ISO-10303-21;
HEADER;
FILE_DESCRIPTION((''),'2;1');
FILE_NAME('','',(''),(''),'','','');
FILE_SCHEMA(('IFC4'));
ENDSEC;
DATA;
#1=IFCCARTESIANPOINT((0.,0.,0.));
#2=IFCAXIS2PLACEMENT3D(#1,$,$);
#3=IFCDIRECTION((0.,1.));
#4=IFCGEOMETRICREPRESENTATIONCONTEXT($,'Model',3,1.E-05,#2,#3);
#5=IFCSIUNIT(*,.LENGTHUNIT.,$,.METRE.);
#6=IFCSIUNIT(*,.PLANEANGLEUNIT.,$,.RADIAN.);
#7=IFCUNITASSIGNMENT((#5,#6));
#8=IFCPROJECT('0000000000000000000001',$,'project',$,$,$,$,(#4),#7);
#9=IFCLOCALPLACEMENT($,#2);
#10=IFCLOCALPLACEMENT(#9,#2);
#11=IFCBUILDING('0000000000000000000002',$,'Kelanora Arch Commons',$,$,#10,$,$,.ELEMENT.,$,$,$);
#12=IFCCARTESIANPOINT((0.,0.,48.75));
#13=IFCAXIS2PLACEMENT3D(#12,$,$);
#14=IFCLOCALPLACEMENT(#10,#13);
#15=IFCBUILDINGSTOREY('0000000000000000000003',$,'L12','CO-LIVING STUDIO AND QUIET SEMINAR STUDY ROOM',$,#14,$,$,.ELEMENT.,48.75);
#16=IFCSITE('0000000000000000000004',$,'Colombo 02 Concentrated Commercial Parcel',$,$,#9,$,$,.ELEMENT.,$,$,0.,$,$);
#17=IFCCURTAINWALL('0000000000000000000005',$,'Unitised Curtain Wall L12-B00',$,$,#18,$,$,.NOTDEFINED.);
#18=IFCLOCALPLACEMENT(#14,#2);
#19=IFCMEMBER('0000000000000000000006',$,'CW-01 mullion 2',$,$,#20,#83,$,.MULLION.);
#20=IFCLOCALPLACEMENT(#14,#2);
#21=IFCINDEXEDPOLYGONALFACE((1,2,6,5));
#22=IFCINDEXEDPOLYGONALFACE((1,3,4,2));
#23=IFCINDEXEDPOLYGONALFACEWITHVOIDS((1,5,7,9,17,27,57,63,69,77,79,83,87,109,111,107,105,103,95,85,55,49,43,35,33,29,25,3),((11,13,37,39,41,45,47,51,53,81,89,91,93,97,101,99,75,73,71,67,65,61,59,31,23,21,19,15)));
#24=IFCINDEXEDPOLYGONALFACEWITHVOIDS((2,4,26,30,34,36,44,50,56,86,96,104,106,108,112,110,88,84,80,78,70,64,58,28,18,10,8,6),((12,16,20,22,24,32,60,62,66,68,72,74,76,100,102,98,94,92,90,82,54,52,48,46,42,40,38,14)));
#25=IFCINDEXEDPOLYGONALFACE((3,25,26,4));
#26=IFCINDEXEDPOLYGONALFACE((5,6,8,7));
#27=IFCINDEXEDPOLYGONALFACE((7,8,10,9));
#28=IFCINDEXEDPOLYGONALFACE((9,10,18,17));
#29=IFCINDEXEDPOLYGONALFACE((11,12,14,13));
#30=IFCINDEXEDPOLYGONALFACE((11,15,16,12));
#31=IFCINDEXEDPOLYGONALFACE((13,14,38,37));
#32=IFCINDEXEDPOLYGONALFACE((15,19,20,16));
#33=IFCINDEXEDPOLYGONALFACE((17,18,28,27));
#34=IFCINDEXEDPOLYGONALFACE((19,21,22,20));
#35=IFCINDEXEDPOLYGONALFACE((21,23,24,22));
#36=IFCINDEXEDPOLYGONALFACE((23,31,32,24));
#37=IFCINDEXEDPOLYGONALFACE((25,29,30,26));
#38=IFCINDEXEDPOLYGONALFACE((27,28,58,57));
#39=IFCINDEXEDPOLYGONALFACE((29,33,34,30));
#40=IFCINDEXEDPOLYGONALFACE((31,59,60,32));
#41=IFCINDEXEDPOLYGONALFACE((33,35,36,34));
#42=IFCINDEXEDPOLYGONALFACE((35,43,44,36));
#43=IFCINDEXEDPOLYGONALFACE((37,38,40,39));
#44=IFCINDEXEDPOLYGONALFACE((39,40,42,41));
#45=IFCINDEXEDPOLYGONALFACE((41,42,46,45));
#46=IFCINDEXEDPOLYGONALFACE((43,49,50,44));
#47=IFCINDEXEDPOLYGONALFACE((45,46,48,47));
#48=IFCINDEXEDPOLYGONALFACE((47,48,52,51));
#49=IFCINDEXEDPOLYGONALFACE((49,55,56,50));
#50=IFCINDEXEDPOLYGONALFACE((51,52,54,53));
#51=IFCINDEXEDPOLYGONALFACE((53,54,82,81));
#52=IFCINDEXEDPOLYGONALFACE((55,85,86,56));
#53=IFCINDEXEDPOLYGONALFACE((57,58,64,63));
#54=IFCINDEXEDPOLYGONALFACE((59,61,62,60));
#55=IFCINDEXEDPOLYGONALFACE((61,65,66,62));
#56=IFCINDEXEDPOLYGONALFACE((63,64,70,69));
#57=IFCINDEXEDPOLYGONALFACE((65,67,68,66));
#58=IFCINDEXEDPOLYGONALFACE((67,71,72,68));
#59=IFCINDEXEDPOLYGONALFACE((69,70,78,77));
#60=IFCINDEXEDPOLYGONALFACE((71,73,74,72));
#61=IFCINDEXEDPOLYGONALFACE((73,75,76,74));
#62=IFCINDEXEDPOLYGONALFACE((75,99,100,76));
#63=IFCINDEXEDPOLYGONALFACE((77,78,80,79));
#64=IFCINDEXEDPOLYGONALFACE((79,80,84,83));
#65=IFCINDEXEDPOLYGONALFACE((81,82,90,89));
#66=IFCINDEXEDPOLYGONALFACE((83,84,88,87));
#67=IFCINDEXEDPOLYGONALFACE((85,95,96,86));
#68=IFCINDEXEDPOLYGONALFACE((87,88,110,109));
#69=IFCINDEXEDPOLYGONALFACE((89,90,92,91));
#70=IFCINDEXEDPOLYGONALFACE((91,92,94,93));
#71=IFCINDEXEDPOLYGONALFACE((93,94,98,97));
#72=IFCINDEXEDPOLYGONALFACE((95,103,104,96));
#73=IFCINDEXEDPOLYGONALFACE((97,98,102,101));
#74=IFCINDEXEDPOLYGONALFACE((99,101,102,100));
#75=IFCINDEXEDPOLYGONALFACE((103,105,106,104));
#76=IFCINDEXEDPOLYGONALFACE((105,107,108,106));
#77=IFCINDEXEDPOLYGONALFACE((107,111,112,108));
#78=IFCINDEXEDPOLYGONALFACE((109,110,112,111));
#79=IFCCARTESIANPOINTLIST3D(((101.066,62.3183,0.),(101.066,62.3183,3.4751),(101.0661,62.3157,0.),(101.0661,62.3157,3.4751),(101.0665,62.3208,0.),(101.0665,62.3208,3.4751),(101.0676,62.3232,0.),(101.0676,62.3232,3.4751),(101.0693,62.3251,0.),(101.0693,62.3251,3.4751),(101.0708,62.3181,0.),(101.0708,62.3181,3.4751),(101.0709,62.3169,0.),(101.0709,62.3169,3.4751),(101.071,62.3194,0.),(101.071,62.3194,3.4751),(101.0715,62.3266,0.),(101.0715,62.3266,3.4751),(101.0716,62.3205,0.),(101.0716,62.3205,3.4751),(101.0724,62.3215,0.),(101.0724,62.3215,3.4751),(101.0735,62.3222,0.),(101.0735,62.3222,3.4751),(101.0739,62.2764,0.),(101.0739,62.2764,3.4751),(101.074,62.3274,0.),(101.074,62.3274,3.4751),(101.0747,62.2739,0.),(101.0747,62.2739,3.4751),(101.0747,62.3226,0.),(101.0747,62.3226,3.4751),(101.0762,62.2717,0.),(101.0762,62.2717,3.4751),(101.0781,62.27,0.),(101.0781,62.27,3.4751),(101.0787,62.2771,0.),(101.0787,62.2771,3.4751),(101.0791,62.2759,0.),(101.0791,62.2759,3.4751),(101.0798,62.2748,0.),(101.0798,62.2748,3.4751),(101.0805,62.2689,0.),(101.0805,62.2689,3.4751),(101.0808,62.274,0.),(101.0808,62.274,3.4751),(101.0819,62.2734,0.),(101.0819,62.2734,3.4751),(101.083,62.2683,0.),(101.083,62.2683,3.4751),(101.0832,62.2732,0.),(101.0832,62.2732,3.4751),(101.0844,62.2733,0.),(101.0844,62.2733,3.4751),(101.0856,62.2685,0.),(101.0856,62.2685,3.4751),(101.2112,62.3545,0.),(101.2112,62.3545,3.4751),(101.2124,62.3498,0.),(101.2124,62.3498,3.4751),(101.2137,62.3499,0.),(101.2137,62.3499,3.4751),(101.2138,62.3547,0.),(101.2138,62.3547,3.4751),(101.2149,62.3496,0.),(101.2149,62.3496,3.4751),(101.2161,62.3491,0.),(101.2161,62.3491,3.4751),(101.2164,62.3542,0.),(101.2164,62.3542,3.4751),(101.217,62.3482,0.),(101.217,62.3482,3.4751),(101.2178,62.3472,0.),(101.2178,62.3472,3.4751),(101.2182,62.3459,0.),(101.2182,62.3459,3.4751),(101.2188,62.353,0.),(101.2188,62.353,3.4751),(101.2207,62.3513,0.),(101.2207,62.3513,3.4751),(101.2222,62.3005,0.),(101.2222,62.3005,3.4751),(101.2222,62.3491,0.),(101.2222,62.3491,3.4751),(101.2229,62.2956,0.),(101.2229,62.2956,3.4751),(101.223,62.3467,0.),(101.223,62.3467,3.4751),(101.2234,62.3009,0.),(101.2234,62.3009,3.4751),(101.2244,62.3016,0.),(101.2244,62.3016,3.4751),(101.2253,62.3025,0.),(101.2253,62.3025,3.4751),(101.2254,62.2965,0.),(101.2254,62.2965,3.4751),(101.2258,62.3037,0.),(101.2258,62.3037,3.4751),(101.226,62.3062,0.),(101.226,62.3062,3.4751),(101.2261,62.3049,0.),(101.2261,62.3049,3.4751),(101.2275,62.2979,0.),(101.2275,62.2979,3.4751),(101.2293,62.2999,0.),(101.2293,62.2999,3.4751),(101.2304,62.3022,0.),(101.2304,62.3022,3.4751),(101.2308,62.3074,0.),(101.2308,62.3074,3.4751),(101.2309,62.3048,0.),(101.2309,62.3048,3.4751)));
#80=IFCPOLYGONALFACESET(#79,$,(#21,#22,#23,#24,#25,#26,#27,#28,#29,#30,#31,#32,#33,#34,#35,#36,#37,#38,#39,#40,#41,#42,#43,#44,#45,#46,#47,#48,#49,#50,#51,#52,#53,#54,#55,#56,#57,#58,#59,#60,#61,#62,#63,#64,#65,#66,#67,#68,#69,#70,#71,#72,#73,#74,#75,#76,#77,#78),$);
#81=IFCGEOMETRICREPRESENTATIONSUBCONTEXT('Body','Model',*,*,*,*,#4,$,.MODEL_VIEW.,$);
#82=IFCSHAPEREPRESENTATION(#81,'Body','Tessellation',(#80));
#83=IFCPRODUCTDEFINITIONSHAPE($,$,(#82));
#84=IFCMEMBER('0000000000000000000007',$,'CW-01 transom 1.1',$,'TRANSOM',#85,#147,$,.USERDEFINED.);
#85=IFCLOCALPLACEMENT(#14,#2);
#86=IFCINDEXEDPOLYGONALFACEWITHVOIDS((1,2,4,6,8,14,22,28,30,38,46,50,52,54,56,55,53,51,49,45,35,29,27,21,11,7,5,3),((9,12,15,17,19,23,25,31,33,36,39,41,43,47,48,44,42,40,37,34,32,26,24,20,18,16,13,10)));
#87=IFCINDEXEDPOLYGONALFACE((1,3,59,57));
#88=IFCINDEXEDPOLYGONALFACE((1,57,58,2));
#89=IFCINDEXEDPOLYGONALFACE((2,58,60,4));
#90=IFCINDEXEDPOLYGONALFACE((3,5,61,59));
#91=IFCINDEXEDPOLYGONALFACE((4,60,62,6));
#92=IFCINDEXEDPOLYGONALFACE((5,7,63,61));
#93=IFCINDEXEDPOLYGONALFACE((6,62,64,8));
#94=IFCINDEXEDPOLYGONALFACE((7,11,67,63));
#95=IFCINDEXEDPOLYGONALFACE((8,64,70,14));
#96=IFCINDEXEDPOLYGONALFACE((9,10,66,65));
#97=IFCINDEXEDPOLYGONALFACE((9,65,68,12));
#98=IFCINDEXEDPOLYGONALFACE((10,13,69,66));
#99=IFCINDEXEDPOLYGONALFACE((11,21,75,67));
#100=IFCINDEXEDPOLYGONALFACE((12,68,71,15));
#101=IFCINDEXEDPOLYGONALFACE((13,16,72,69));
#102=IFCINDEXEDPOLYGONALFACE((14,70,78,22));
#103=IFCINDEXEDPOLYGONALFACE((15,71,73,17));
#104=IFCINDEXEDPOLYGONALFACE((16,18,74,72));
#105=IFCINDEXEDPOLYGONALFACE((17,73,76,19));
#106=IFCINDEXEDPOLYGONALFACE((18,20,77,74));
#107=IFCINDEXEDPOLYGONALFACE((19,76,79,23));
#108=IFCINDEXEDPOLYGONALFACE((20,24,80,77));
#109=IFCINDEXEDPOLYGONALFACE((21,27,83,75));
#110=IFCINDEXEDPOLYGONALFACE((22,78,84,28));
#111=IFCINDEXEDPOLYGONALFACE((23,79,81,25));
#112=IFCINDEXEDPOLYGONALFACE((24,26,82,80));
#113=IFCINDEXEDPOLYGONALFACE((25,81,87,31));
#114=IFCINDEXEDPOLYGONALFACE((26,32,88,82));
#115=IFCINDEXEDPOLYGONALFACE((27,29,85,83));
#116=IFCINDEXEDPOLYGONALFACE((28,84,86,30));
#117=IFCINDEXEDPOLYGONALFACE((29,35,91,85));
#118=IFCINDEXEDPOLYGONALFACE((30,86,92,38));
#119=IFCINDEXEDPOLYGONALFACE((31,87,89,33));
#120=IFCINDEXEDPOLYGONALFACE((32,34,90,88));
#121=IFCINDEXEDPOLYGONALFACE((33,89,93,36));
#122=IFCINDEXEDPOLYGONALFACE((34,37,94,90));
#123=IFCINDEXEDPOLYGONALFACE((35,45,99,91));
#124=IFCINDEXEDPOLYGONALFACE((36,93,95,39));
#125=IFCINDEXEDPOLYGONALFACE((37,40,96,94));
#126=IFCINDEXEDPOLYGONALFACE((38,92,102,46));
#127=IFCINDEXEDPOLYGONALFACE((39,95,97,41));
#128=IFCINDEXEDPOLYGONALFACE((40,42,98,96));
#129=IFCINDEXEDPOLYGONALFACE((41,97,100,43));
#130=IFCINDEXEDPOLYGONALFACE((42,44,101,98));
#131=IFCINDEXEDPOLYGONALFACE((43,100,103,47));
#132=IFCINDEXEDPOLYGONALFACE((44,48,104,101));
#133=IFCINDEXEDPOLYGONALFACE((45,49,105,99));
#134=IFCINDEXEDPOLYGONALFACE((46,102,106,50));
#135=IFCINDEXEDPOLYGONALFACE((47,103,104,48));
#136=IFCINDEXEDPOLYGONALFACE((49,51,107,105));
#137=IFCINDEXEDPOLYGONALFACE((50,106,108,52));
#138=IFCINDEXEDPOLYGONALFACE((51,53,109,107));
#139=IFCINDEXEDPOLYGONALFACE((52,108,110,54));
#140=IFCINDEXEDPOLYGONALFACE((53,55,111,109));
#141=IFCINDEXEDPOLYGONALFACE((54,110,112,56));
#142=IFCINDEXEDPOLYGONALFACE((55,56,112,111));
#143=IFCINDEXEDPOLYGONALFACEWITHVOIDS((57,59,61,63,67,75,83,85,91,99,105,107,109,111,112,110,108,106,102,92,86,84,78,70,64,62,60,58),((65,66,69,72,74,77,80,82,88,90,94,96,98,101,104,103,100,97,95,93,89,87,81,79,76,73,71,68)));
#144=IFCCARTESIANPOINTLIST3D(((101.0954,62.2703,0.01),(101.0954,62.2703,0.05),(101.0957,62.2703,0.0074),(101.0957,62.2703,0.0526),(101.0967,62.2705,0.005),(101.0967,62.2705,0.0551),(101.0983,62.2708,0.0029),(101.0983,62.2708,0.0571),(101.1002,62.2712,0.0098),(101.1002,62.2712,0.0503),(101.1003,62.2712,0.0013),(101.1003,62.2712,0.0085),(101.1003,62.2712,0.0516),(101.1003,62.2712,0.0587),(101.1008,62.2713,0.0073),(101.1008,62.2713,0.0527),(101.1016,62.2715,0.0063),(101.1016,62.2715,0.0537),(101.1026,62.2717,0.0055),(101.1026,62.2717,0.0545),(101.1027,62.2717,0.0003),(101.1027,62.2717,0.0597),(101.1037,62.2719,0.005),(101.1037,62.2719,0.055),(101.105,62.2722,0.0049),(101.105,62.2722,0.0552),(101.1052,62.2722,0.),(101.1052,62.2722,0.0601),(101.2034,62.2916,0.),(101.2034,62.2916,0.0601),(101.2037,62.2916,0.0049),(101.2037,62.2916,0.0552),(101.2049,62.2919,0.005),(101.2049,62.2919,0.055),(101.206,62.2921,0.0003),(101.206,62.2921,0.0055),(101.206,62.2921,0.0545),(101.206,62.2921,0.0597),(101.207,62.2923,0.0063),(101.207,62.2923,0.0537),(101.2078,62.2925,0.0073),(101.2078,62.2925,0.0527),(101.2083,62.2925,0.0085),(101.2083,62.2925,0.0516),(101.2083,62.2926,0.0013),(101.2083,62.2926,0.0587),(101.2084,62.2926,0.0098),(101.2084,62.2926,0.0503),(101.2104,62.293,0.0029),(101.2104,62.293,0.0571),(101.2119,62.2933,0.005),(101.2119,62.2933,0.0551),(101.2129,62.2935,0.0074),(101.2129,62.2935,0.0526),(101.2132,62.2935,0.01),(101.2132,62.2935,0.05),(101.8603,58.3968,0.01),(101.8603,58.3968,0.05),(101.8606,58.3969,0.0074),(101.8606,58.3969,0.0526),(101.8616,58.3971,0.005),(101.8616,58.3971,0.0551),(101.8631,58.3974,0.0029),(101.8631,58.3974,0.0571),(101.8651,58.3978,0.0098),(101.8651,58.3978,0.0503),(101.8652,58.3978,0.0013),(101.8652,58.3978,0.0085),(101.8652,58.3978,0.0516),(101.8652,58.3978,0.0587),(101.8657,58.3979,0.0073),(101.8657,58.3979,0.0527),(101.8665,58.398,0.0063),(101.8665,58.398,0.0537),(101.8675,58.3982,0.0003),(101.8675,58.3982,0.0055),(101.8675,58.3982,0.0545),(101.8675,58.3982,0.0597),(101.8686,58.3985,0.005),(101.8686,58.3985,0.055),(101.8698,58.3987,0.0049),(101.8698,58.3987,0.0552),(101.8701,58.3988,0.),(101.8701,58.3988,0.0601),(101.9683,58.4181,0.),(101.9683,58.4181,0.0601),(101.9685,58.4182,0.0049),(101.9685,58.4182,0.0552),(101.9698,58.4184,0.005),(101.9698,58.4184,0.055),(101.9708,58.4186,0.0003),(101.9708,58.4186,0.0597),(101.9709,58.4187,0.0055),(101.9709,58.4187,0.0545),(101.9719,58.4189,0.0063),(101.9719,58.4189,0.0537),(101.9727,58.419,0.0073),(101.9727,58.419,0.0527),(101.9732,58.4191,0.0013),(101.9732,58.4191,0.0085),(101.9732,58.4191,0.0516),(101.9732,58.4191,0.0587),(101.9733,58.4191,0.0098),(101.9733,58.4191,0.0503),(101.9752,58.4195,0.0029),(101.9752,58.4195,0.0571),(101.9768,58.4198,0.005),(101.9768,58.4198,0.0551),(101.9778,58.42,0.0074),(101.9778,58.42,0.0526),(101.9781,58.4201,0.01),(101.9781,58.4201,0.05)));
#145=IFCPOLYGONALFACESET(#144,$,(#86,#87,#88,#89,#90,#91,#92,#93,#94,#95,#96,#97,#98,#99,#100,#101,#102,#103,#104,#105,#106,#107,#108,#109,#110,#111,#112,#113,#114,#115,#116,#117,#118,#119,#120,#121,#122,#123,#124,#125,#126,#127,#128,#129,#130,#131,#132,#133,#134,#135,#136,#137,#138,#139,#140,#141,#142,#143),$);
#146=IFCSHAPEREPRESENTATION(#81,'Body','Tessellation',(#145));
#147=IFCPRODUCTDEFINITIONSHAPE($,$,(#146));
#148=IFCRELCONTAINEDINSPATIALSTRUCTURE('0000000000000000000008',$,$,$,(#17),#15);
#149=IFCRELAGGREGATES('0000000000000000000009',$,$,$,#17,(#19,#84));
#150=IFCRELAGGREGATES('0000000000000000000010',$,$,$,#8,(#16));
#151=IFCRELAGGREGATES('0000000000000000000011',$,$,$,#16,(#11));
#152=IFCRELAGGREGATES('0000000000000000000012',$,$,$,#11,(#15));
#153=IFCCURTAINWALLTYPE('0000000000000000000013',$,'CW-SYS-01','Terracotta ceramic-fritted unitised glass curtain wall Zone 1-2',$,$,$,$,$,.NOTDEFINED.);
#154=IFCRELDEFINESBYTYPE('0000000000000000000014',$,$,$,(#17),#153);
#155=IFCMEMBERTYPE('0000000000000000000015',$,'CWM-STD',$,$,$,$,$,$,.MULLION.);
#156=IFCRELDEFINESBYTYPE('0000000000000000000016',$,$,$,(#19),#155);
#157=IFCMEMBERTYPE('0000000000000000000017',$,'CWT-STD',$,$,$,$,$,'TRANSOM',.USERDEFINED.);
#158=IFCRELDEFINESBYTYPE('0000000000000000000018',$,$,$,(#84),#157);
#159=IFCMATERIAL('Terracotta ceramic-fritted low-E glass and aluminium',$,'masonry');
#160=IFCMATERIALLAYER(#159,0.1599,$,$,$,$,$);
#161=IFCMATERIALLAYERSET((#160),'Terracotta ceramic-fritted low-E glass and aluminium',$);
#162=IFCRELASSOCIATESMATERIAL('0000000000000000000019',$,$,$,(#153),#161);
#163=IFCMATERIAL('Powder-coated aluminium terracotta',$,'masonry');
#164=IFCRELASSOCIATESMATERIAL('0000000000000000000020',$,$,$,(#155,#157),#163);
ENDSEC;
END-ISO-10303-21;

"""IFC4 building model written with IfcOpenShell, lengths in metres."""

from ifc_helpers import new_model, si_unit, direction, frame, origin, origin_2d, place, context, subcontext, project, spatial, hollow_rectangle, extrude, material, layer, layer_set, material_profile, profile_set, type_object, element, aggregate, save


model = new_model("IFC4")

# Units and contexts
model_context = context("Model", 3, precision=1e-05, world=origin(), true_north=direction((0.0, 1.0)))
body_context = subcontext(model_context, "Body", "Model", "MODEL_VIEW")
ifc_project = project(units=[si_unit("LENGTHUNIT", "METRE"), si_unit("PLANEANGLEUNIT", "RADIAN")], contexts=[model_context])

# Site, building, storey
site_placement = place(None, origin())
site = spatial("IfcSite", under=ifc_project, at=site_placement, Name="Colombo 02 Concentrated Commercial Parcel", CompositionType="ELEMENT", RefElevation=0.0)
building_placement = place(site_placement, origin())
building = spatial("IfcBuilding", under=site, at=building_placement, Name="Kelanora Arch Commons", CompositionType="ELEMENT")
storey_placement = place(building_placement, frame((0.0, 0.0, 48.75)))
storey = spatial("IfcBuildingStorey", under=building, at=storey_placement, Name="L12", Description="CO-LIVING STUDIO AND QUIET SEMINAR STUDY ROOM", CompositionType="ELEMENT", Elevation=48.75)

# Curtain wall, members
ifc_material_1 = material(Name="Terracotta ceramic-fritted low-E glass and aluminium", Category="masonry")
ifc_layer_1 = layer(ifc_material_1, 0.1599)
ifc_layer_set_1 = layer_set([ifc_layer_1], Name="Terracotta ceramic-fritted low-E glass and aluminium")
curtain_wall_type = type_object("IfcCurtainWallType", Name="CW-SYS-01", Description="Terracotta ceramic-fritted unitised glass curtain wall Zone 1-2", PredefinedType="NOTDEFINED", material=ifc_layer_set_1)
curtain_wall_placement = place(storey_placement, origin())
curtain_wall = element("IfcCurtainWall", 1, at=curtain_wall_placement, inside=storey, type_object=curtain_wall_type, Name="Unitised Curtain Wall L12-B00", PredefinedType="NOTDEFINED")
ifc_material_2 = material(Name="Powder-coated aluminium terracotta", Category="masonry")
ifc_material_profile_1 = material_profile(ifc_material_2, hollow_rectangle(XDim=0.1599, YDim=0.0601, WallThickness=0.0049, InnerFilletRadius=0.0049, OuterFilletRadius=0.01, at=origin_2d()), Name="CWM160x60")
ifc_profile_set_1 = profile_set([ifc_material_profile_1], Name="Powder-coated aluminium terracotta")
member_type_1 = type_object("IfcMemberType", Name="CWM-STD", PredefinedType="MULLION", material=ifc_profile_set_1)
member_1_placement = place(storey_placement, frame((101.1484, 62.3115, 0.0), z_axis=(0.0, 0.0, 1.0), x_axis=(-0.981052, -0.193744, 0.0)))
member_1 = element("IfcMember", 2, at=member_1_placement, type_object=member_type_1, Name="CW-01 mullion 2", PredefinedType="MULLION", context=body_context, shape_type="SweptSolid", body=[
    extrude(hollow_rectangle(XDim=0.1599, YDim=0.0601, WallThickness=0.0049, InnerFilletRadius=0.0049, OuterFilletRadius=0.01, at=origin_2d()), origin(), (0.0, 0.0, 1.0), 3.4751),
])
ifc_material_profile_2 = material_profile(ifc_material_2, hollow_rectangle(XDim=0.1201, YDim=0.0601, WallThickness=0.0049, InnerFilletRadius=0.0049, OuterFilletRadius=0.01, at=origin_2d()), Name="CWT120x60")
ifc_profile_set_2 = profile_set([ifc_material_profile_2], Name="Powder-coated aluminium terracotta")
member_type_2 = type_object("IfcMemberType", Name="CWT-STD", ElementType="TRANSOM", PredefinedType="USERDEFINED", material=ifc_profile_set_2)
member_2_placement = place(storey_placement, frame((101.9192, 58.4084, 0.03), z_axis=(-0.193725, 0.981056, 0.0), x_axis=(-0.981056, -0.193725, 0.0)))
member_2 = element("IfcMember", 3, at=member_2_placement, type_object=member_type_2, Name="CW-01 transom 1.1", ObjectType="TRANSOM", PredefinedType="USERDEFINED", context=body_context, shape_type="SweptSolid", body=[
    extrude(hollow_rectangle(XDim=0.1201, YDim=0.0601, WallThickness=0.0049, InnerFilletRadius=0.0049, OuterFilletRadius=0.01, at=origin_2d()), origin(), (0.0, 0.0, 1.0), 3.9482),
])
aggregate(curtain_wall, [member_1, member_2])

save(model, "model.ifc")
